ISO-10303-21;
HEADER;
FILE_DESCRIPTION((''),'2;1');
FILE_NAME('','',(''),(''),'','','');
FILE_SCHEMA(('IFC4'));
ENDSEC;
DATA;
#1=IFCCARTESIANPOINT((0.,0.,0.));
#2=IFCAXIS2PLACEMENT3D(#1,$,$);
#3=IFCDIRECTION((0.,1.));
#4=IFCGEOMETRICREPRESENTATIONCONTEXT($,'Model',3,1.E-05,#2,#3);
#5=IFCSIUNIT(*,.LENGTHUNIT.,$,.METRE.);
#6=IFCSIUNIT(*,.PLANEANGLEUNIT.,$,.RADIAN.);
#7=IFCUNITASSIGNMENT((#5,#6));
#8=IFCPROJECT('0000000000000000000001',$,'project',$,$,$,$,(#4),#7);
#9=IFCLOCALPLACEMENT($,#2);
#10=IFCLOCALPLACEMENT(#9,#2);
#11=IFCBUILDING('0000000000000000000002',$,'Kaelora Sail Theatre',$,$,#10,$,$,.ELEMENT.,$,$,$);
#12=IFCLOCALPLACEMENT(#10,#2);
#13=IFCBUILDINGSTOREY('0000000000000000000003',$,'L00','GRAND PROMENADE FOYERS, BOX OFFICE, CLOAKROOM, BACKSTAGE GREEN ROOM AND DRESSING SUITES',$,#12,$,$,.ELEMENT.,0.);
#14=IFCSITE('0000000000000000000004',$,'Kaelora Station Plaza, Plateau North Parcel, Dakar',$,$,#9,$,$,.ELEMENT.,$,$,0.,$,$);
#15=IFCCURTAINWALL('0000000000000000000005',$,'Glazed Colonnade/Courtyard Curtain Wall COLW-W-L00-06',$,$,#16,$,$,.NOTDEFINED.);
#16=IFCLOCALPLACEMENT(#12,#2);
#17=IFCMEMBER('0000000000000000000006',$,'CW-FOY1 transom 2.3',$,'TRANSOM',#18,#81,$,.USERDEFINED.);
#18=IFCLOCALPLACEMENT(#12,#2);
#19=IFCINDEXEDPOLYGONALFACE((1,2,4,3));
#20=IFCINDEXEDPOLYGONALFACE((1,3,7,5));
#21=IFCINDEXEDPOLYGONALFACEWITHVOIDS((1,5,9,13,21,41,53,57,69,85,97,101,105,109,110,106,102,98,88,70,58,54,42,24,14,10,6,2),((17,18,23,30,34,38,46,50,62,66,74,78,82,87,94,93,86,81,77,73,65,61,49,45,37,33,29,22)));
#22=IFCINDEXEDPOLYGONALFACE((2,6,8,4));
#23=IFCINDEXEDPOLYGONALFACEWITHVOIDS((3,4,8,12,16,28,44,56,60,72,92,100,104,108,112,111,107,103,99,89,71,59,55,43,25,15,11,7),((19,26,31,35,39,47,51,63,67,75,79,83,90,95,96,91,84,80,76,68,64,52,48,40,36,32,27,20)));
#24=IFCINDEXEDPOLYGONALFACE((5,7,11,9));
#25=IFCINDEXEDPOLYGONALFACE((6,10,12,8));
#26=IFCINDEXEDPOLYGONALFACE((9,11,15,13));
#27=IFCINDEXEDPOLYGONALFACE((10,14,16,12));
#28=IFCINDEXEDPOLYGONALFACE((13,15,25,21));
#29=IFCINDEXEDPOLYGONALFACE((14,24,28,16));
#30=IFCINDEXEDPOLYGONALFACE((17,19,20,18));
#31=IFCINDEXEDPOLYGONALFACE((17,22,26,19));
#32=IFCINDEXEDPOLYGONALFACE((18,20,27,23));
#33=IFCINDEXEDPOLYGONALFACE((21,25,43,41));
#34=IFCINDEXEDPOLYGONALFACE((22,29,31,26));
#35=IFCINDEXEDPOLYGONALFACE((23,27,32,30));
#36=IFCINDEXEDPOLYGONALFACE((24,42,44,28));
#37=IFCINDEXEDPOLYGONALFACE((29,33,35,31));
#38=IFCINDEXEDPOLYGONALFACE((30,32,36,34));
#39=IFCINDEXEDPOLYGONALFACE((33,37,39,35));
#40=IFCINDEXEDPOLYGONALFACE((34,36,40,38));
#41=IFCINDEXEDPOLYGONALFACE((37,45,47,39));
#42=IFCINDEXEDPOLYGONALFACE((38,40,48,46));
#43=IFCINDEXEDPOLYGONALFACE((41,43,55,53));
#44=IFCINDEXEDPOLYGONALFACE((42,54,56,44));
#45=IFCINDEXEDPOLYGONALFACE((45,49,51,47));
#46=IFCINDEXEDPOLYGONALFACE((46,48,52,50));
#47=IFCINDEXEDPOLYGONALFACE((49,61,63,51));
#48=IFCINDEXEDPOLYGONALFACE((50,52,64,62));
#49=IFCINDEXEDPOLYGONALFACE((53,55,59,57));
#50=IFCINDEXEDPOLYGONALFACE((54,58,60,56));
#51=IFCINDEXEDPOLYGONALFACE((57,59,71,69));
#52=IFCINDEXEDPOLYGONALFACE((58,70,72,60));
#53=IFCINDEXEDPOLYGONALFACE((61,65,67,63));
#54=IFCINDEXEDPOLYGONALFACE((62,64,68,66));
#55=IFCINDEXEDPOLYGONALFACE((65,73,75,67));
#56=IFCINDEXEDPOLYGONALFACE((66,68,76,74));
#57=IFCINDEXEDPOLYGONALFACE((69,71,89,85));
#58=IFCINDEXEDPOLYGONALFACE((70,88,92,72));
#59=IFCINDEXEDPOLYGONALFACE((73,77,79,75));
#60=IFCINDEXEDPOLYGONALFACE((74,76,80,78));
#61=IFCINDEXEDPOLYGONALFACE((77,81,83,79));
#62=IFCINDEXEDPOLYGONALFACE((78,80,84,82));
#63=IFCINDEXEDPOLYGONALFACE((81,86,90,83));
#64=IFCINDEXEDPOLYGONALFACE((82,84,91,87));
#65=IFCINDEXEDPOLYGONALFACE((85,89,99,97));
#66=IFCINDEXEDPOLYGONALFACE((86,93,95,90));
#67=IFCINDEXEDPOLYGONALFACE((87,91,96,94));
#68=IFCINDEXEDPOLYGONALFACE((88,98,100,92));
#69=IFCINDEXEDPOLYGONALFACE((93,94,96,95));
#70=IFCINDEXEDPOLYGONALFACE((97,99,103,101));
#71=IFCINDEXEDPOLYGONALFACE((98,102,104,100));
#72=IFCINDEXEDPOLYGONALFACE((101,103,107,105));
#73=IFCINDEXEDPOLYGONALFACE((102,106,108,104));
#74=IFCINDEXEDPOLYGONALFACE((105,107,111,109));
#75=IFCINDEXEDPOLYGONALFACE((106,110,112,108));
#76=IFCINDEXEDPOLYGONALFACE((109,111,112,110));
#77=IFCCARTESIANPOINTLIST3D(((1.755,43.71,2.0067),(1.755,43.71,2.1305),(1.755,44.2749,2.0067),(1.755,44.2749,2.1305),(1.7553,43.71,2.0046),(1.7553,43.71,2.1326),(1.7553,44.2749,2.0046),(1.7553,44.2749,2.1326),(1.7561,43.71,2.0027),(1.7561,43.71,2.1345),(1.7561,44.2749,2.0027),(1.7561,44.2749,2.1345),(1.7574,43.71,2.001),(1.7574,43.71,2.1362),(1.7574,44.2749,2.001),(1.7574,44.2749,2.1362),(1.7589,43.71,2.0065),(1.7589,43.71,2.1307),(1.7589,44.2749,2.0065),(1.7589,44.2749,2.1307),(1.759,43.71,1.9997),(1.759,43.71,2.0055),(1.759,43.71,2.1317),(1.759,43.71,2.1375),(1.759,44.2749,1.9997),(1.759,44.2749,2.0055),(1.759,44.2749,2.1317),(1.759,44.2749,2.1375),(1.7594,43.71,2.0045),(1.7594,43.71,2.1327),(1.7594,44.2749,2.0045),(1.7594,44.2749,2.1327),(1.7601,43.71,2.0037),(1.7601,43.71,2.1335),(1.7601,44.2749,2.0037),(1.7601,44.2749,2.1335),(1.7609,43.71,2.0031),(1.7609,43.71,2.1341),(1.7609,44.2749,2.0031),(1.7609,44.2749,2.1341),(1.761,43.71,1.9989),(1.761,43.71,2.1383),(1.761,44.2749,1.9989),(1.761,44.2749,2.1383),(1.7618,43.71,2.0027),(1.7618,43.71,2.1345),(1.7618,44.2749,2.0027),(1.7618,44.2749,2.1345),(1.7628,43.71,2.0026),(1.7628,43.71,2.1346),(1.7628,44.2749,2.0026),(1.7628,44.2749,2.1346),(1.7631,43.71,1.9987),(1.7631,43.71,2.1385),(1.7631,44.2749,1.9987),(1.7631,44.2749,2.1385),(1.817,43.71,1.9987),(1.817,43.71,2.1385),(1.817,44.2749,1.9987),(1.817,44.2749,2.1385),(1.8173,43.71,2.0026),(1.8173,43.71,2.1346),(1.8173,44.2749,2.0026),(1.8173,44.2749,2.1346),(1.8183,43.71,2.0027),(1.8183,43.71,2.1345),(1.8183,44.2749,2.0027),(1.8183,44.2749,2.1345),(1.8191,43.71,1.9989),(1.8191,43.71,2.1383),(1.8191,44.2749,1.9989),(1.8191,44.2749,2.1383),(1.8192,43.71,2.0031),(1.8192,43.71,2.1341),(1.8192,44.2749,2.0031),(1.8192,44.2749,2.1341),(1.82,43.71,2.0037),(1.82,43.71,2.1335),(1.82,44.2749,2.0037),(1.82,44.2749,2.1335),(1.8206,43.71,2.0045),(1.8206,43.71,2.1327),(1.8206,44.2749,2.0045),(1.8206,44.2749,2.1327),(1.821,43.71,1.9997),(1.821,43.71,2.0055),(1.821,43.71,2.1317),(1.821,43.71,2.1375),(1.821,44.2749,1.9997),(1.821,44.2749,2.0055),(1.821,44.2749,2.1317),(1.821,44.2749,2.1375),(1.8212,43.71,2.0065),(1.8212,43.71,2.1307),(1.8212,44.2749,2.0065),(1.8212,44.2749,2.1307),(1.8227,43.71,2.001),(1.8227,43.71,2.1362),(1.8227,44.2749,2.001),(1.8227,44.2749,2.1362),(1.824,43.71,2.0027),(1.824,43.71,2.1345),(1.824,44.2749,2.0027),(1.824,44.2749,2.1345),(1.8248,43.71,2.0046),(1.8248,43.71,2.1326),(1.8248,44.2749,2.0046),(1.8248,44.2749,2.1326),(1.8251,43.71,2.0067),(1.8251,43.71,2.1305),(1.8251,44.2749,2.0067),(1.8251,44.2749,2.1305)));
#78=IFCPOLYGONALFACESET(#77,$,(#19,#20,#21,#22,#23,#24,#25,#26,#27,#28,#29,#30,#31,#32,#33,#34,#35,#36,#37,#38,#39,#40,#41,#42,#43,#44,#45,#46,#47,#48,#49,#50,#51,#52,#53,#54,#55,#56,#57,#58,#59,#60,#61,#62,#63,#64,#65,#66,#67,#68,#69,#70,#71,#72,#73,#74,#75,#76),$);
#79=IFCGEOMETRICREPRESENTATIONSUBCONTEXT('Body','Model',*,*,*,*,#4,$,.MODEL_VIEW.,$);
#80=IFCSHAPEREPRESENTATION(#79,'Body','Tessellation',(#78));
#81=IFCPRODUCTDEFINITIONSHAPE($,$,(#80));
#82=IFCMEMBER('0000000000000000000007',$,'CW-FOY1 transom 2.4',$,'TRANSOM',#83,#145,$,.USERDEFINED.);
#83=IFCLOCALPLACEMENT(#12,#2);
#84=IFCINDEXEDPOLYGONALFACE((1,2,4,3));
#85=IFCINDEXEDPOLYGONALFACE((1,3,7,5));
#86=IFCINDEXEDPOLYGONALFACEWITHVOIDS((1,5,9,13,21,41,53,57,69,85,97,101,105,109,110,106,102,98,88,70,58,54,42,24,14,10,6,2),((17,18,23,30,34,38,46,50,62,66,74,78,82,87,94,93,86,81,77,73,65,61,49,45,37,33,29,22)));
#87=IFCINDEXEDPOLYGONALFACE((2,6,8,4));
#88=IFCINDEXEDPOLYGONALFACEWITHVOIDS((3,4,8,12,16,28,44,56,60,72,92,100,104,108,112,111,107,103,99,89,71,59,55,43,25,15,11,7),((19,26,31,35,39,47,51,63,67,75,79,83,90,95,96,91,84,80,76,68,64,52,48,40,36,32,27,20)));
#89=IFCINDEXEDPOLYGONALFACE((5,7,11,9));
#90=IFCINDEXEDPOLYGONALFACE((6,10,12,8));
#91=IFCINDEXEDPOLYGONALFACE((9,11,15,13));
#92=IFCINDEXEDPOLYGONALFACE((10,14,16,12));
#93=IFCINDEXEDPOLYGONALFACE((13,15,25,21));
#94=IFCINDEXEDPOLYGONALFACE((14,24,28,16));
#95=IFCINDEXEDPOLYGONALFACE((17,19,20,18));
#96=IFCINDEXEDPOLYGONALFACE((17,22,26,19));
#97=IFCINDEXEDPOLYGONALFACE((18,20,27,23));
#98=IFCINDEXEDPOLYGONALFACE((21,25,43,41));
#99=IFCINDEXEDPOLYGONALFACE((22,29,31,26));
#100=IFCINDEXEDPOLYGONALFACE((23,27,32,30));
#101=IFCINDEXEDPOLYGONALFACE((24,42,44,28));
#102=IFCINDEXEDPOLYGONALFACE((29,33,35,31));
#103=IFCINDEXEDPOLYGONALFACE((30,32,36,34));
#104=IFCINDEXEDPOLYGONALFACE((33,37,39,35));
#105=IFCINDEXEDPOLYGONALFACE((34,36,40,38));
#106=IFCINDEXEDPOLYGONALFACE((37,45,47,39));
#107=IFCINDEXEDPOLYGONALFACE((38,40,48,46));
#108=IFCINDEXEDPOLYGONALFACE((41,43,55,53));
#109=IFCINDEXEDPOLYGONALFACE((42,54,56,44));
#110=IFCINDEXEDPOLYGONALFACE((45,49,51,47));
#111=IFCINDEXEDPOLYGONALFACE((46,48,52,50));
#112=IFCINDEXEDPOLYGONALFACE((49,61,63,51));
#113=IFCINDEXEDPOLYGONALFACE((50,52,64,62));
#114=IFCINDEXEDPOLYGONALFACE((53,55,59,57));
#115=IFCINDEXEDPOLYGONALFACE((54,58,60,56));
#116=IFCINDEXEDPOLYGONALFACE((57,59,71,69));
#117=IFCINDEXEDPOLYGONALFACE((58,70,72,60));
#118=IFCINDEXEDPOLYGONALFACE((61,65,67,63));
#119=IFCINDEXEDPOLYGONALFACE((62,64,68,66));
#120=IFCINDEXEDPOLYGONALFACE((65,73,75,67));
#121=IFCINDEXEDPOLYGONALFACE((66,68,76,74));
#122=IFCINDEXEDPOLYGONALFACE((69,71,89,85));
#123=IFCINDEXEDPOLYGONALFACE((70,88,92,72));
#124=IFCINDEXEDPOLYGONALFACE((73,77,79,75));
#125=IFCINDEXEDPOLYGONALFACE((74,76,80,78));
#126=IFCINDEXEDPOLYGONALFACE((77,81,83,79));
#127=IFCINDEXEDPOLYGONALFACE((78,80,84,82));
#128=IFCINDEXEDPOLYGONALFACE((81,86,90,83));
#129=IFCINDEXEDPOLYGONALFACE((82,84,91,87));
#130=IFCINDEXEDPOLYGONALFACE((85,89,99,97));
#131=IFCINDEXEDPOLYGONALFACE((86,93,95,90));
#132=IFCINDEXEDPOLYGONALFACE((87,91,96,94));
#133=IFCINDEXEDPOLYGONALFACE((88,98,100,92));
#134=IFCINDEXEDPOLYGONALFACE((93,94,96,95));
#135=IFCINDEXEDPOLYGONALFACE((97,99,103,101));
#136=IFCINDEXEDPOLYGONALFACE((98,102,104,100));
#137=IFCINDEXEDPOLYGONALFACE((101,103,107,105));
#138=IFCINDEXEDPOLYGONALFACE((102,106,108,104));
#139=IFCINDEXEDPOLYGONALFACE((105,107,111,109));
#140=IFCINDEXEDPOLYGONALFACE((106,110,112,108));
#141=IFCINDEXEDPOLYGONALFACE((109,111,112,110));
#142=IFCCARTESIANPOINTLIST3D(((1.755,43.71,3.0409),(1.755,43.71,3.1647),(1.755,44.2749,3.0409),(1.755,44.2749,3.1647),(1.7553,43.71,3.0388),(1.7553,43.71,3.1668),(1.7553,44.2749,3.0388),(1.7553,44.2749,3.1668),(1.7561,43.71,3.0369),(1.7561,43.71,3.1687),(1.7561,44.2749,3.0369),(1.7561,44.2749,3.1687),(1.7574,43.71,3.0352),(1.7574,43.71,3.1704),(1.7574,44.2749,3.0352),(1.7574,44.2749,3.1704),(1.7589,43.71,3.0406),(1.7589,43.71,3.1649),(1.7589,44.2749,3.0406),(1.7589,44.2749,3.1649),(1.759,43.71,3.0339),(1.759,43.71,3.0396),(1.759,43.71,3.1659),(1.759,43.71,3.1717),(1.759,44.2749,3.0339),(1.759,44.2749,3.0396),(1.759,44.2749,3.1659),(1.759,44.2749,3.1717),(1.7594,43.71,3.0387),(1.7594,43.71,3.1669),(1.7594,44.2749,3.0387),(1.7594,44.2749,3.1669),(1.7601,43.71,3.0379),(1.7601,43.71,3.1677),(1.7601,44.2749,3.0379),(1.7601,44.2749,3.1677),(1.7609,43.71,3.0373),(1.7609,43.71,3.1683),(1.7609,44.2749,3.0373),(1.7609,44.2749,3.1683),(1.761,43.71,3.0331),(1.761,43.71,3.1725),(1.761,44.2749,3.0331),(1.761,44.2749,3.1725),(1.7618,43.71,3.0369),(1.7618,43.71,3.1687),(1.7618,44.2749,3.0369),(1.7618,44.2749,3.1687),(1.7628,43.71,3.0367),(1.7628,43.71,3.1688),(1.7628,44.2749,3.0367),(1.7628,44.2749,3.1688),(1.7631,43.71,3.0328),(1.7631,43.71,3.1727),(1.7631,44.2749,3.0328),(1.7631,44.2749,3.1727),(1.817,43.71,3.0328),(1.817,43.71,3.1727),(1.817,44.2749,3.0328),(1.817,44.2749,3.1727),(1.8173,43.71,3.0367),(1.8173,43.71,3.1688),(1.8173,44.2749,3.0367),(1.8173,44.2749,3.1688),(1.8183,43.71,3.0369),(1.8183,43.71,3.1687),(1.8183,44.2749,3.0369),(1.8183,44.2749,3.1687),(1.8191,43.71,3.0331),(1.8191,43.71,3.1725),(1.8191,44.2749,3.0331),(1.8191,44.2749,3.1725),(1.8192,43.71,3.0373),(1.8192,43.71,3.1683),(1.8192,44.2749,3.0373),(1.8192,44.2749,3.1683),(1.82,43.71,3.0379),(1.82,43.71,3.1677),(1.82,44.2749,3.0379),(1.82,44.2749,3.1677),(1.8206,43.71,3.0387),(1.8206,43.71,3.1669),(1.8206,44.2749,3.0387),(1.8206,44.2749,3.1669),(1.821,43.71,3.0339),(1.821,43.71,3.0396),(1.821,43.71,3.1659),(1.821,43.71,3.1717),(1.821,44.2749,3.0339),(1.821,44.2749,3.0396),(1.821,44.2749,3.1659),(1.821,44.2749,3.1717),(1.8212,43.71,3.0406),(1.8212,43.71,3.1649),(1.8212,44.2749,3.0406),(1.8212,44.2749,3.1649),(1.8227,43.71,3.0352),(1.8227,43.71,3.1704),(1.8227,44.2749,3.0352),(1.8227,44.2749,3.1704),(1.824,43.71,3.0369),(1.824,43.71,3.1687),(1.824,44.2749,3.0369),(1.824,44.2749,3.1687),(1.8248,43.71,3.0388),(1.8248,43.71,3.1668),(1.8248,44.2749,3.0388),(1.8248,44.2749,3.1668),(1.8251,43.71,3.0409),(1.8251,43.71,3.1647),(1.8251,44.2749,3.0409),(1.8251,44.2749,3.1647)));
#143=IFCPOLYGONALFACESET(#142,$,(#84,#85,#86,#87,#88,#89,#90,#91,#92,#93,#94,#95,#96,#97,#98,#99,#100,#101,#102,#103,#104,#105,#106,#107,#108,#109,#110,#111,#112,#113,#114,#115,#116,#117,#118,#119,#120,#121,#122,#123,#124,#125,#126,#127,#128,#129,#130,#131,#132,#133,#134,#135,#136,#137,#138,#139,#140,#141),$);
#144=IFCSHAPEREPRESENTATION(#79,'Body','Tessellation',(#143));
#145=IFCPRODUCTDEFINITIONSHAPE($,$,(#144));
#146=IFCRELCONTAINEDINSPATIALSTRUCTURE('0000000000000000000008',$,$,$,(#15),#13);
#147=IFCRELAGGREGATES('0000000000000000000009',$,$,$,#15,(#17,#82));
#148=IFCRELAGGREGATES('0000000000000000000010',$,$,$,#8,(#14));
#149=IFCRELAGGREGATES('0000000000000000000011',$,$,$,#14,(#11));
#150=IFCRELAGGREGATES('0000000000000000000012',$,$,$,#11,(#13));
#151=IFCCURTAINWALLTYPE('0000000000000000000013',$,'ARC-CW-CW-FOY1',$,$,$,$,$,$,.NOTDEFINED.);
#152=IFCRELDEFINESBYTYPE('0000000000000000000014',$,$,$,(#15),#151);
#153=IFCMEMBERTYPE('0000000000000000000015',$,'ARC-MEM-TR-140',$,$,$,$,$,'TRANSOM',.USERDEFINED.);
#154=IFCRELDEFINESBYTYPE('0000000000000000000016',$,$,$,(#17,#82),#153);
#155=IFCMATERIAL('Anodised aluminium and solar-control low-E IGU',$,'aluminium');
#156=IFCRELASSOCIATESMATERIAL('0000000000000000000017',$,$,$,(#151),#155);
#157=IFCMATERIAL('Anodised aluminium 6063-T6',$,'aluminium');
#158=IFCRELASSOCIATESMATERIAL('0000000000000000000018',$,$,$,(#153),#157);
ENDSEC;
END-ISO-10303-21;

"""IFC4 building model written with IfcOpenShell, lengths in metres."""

from ifc_helpers import new_model, si_unit, direction, frame, origin, origin_2d, place, context, subcontext, project, spatial, hollow_rectangle, extrude, material, material_profile, profile_set, type_object, element, aggregate, save


model = new_model("IFC4")

# Units and contexts
model_context = context("Model", 3, precision=1e-05, world=origin(), true_north=direction((0.0, 1.0)))
body_context = subcontext(model_context, "Body", "Model", "MODEL_VIEW")
ifc_project = project(units=[si_unit("LENGTHUNIT", "METRE"), si_unit("PLANEANGLEUNIT", "RADIAN")], contexts=[model_context])

# Site, building, storey
site_placement = place(None, origin())
site = spatial("IfcSite", under=ifc_project, at=site_placement, Name="Kaelora Station Plaza, Plateau North Parcel, Dakar", CompositionType="ELEMENT", RefElevation=0.0)
building_placement = place(site_placement, origin())
building = spatial("IfcBuilding", under=site, at=building_placement, Name="Kaelora Sail Theatre", CompositionType="ELEMENT")
storey_placement = place(building_placement, origin())
storey = spatial("IfcBuildingStorey", under=building, at=storey_placement, Name="L00", Description="GRAND PROMENADE FOYERS, BOX OFFICE, CLOAKROOM, BACKSTAGE GREEN ROOM AND DRESSING SUITES", CompositionType="ELEMENT", Elevation=0.0)

# Curtain wall, members
ifc_material_1 = material(Name="Anodised aluminium and solar-control low-E IGU", Category="aluminium")
curtain_wall_type = type_object("IfcCurtainWallType", Name="ARC-CW-CW-FOY1", PredefinedType="NOTDEFINED", material=ifc_material_1)
curtain_wall_1_placement = place(storey_placement, origin())
curtain_wall_1 = element("IfcCurtainWall", 1, at=curtain_wall_1_placement, inside=storey, type_object=curtain_wall_type, Name="Glazed Colonnade/Courtyard Curtain Wall COLW-W-L00-06", PredefinedType="NOTDEFINED")
ifc_material_2 = material(Name="Anodised aluminium 6063-T6", Category="aluminium")
ifc_material_profile = material_profile(ifc_material_2, hollow_rectangle(XDim=0.0701, YDim=0.1399, WallThickness=0.0039, InnerFilletRadius=0.0039, OuterFilletRadius=0.0081, at=origin_2d()), Name="ALU-TRAN 70x140x4")
ifc_profile_set = profile_set([ifc_material_profile], Name="Anodised aluminium 6063-T6")
member_type = type_object("IfcMemberType", Name="ARC-MEM-TR-140", ElementType="TRANSOM", PredefinedType="USERDEFINED", material=ifc_profile_set)
member_1_placement = place(storey_placement, frame((1.79, 43.71, 2.0686), z_axis=(0.0, 1.0, 0.0), x_axis=(-1.0, 0.0, 0.0)))
member_1 = element("IfcMember", 2, at=member_1_placement, type_object=member_type, Name="CW-FOY1 transom 2.3", ObjectType="TRANSOM", PredefinedType="USERDEFINED", context=body_context, shape_type="SweptSolid", body=[
    extrude(hollow_rectangle(XDim=0.0701, YDim=0.1399, WallThickness=0.0039, InnerFilletRadius=0.0039, OuterFilletRadius=0.0081, at=origin_2d()), origin(), (0.0, 0.0, 1.0), 0.5649),
])
member_2_placement = place(storey_placement, frame((1.79, 43.71, 3.1028), z_axis=(0.0, 1.0, 0.0), x_axis=(-1.0, 0.0, 0.0)))
member_2 = element("IfcMember", 3, at=member_2_placement, type_object=member_type, Name="CW-FOY1 transom 2.4", ObjectType="TRANSOM", PredefinedType="USERDEFINED", context=body_context, shape_type="SweptSolid", body=[
    extrude(hollow_rectangle(XDim=0.0701, YDim=0.1399, WallThickness=0.0039, InnerFilletRadius=0.0039, OuterFilletRadius=0.0081, at=origin_2d()), origin(), (0.0, 0.0, 1.0), 0.5649),
])

aggregate(curtain_wall_1, [member_1, member_2])

save(model, "model.ifc")
